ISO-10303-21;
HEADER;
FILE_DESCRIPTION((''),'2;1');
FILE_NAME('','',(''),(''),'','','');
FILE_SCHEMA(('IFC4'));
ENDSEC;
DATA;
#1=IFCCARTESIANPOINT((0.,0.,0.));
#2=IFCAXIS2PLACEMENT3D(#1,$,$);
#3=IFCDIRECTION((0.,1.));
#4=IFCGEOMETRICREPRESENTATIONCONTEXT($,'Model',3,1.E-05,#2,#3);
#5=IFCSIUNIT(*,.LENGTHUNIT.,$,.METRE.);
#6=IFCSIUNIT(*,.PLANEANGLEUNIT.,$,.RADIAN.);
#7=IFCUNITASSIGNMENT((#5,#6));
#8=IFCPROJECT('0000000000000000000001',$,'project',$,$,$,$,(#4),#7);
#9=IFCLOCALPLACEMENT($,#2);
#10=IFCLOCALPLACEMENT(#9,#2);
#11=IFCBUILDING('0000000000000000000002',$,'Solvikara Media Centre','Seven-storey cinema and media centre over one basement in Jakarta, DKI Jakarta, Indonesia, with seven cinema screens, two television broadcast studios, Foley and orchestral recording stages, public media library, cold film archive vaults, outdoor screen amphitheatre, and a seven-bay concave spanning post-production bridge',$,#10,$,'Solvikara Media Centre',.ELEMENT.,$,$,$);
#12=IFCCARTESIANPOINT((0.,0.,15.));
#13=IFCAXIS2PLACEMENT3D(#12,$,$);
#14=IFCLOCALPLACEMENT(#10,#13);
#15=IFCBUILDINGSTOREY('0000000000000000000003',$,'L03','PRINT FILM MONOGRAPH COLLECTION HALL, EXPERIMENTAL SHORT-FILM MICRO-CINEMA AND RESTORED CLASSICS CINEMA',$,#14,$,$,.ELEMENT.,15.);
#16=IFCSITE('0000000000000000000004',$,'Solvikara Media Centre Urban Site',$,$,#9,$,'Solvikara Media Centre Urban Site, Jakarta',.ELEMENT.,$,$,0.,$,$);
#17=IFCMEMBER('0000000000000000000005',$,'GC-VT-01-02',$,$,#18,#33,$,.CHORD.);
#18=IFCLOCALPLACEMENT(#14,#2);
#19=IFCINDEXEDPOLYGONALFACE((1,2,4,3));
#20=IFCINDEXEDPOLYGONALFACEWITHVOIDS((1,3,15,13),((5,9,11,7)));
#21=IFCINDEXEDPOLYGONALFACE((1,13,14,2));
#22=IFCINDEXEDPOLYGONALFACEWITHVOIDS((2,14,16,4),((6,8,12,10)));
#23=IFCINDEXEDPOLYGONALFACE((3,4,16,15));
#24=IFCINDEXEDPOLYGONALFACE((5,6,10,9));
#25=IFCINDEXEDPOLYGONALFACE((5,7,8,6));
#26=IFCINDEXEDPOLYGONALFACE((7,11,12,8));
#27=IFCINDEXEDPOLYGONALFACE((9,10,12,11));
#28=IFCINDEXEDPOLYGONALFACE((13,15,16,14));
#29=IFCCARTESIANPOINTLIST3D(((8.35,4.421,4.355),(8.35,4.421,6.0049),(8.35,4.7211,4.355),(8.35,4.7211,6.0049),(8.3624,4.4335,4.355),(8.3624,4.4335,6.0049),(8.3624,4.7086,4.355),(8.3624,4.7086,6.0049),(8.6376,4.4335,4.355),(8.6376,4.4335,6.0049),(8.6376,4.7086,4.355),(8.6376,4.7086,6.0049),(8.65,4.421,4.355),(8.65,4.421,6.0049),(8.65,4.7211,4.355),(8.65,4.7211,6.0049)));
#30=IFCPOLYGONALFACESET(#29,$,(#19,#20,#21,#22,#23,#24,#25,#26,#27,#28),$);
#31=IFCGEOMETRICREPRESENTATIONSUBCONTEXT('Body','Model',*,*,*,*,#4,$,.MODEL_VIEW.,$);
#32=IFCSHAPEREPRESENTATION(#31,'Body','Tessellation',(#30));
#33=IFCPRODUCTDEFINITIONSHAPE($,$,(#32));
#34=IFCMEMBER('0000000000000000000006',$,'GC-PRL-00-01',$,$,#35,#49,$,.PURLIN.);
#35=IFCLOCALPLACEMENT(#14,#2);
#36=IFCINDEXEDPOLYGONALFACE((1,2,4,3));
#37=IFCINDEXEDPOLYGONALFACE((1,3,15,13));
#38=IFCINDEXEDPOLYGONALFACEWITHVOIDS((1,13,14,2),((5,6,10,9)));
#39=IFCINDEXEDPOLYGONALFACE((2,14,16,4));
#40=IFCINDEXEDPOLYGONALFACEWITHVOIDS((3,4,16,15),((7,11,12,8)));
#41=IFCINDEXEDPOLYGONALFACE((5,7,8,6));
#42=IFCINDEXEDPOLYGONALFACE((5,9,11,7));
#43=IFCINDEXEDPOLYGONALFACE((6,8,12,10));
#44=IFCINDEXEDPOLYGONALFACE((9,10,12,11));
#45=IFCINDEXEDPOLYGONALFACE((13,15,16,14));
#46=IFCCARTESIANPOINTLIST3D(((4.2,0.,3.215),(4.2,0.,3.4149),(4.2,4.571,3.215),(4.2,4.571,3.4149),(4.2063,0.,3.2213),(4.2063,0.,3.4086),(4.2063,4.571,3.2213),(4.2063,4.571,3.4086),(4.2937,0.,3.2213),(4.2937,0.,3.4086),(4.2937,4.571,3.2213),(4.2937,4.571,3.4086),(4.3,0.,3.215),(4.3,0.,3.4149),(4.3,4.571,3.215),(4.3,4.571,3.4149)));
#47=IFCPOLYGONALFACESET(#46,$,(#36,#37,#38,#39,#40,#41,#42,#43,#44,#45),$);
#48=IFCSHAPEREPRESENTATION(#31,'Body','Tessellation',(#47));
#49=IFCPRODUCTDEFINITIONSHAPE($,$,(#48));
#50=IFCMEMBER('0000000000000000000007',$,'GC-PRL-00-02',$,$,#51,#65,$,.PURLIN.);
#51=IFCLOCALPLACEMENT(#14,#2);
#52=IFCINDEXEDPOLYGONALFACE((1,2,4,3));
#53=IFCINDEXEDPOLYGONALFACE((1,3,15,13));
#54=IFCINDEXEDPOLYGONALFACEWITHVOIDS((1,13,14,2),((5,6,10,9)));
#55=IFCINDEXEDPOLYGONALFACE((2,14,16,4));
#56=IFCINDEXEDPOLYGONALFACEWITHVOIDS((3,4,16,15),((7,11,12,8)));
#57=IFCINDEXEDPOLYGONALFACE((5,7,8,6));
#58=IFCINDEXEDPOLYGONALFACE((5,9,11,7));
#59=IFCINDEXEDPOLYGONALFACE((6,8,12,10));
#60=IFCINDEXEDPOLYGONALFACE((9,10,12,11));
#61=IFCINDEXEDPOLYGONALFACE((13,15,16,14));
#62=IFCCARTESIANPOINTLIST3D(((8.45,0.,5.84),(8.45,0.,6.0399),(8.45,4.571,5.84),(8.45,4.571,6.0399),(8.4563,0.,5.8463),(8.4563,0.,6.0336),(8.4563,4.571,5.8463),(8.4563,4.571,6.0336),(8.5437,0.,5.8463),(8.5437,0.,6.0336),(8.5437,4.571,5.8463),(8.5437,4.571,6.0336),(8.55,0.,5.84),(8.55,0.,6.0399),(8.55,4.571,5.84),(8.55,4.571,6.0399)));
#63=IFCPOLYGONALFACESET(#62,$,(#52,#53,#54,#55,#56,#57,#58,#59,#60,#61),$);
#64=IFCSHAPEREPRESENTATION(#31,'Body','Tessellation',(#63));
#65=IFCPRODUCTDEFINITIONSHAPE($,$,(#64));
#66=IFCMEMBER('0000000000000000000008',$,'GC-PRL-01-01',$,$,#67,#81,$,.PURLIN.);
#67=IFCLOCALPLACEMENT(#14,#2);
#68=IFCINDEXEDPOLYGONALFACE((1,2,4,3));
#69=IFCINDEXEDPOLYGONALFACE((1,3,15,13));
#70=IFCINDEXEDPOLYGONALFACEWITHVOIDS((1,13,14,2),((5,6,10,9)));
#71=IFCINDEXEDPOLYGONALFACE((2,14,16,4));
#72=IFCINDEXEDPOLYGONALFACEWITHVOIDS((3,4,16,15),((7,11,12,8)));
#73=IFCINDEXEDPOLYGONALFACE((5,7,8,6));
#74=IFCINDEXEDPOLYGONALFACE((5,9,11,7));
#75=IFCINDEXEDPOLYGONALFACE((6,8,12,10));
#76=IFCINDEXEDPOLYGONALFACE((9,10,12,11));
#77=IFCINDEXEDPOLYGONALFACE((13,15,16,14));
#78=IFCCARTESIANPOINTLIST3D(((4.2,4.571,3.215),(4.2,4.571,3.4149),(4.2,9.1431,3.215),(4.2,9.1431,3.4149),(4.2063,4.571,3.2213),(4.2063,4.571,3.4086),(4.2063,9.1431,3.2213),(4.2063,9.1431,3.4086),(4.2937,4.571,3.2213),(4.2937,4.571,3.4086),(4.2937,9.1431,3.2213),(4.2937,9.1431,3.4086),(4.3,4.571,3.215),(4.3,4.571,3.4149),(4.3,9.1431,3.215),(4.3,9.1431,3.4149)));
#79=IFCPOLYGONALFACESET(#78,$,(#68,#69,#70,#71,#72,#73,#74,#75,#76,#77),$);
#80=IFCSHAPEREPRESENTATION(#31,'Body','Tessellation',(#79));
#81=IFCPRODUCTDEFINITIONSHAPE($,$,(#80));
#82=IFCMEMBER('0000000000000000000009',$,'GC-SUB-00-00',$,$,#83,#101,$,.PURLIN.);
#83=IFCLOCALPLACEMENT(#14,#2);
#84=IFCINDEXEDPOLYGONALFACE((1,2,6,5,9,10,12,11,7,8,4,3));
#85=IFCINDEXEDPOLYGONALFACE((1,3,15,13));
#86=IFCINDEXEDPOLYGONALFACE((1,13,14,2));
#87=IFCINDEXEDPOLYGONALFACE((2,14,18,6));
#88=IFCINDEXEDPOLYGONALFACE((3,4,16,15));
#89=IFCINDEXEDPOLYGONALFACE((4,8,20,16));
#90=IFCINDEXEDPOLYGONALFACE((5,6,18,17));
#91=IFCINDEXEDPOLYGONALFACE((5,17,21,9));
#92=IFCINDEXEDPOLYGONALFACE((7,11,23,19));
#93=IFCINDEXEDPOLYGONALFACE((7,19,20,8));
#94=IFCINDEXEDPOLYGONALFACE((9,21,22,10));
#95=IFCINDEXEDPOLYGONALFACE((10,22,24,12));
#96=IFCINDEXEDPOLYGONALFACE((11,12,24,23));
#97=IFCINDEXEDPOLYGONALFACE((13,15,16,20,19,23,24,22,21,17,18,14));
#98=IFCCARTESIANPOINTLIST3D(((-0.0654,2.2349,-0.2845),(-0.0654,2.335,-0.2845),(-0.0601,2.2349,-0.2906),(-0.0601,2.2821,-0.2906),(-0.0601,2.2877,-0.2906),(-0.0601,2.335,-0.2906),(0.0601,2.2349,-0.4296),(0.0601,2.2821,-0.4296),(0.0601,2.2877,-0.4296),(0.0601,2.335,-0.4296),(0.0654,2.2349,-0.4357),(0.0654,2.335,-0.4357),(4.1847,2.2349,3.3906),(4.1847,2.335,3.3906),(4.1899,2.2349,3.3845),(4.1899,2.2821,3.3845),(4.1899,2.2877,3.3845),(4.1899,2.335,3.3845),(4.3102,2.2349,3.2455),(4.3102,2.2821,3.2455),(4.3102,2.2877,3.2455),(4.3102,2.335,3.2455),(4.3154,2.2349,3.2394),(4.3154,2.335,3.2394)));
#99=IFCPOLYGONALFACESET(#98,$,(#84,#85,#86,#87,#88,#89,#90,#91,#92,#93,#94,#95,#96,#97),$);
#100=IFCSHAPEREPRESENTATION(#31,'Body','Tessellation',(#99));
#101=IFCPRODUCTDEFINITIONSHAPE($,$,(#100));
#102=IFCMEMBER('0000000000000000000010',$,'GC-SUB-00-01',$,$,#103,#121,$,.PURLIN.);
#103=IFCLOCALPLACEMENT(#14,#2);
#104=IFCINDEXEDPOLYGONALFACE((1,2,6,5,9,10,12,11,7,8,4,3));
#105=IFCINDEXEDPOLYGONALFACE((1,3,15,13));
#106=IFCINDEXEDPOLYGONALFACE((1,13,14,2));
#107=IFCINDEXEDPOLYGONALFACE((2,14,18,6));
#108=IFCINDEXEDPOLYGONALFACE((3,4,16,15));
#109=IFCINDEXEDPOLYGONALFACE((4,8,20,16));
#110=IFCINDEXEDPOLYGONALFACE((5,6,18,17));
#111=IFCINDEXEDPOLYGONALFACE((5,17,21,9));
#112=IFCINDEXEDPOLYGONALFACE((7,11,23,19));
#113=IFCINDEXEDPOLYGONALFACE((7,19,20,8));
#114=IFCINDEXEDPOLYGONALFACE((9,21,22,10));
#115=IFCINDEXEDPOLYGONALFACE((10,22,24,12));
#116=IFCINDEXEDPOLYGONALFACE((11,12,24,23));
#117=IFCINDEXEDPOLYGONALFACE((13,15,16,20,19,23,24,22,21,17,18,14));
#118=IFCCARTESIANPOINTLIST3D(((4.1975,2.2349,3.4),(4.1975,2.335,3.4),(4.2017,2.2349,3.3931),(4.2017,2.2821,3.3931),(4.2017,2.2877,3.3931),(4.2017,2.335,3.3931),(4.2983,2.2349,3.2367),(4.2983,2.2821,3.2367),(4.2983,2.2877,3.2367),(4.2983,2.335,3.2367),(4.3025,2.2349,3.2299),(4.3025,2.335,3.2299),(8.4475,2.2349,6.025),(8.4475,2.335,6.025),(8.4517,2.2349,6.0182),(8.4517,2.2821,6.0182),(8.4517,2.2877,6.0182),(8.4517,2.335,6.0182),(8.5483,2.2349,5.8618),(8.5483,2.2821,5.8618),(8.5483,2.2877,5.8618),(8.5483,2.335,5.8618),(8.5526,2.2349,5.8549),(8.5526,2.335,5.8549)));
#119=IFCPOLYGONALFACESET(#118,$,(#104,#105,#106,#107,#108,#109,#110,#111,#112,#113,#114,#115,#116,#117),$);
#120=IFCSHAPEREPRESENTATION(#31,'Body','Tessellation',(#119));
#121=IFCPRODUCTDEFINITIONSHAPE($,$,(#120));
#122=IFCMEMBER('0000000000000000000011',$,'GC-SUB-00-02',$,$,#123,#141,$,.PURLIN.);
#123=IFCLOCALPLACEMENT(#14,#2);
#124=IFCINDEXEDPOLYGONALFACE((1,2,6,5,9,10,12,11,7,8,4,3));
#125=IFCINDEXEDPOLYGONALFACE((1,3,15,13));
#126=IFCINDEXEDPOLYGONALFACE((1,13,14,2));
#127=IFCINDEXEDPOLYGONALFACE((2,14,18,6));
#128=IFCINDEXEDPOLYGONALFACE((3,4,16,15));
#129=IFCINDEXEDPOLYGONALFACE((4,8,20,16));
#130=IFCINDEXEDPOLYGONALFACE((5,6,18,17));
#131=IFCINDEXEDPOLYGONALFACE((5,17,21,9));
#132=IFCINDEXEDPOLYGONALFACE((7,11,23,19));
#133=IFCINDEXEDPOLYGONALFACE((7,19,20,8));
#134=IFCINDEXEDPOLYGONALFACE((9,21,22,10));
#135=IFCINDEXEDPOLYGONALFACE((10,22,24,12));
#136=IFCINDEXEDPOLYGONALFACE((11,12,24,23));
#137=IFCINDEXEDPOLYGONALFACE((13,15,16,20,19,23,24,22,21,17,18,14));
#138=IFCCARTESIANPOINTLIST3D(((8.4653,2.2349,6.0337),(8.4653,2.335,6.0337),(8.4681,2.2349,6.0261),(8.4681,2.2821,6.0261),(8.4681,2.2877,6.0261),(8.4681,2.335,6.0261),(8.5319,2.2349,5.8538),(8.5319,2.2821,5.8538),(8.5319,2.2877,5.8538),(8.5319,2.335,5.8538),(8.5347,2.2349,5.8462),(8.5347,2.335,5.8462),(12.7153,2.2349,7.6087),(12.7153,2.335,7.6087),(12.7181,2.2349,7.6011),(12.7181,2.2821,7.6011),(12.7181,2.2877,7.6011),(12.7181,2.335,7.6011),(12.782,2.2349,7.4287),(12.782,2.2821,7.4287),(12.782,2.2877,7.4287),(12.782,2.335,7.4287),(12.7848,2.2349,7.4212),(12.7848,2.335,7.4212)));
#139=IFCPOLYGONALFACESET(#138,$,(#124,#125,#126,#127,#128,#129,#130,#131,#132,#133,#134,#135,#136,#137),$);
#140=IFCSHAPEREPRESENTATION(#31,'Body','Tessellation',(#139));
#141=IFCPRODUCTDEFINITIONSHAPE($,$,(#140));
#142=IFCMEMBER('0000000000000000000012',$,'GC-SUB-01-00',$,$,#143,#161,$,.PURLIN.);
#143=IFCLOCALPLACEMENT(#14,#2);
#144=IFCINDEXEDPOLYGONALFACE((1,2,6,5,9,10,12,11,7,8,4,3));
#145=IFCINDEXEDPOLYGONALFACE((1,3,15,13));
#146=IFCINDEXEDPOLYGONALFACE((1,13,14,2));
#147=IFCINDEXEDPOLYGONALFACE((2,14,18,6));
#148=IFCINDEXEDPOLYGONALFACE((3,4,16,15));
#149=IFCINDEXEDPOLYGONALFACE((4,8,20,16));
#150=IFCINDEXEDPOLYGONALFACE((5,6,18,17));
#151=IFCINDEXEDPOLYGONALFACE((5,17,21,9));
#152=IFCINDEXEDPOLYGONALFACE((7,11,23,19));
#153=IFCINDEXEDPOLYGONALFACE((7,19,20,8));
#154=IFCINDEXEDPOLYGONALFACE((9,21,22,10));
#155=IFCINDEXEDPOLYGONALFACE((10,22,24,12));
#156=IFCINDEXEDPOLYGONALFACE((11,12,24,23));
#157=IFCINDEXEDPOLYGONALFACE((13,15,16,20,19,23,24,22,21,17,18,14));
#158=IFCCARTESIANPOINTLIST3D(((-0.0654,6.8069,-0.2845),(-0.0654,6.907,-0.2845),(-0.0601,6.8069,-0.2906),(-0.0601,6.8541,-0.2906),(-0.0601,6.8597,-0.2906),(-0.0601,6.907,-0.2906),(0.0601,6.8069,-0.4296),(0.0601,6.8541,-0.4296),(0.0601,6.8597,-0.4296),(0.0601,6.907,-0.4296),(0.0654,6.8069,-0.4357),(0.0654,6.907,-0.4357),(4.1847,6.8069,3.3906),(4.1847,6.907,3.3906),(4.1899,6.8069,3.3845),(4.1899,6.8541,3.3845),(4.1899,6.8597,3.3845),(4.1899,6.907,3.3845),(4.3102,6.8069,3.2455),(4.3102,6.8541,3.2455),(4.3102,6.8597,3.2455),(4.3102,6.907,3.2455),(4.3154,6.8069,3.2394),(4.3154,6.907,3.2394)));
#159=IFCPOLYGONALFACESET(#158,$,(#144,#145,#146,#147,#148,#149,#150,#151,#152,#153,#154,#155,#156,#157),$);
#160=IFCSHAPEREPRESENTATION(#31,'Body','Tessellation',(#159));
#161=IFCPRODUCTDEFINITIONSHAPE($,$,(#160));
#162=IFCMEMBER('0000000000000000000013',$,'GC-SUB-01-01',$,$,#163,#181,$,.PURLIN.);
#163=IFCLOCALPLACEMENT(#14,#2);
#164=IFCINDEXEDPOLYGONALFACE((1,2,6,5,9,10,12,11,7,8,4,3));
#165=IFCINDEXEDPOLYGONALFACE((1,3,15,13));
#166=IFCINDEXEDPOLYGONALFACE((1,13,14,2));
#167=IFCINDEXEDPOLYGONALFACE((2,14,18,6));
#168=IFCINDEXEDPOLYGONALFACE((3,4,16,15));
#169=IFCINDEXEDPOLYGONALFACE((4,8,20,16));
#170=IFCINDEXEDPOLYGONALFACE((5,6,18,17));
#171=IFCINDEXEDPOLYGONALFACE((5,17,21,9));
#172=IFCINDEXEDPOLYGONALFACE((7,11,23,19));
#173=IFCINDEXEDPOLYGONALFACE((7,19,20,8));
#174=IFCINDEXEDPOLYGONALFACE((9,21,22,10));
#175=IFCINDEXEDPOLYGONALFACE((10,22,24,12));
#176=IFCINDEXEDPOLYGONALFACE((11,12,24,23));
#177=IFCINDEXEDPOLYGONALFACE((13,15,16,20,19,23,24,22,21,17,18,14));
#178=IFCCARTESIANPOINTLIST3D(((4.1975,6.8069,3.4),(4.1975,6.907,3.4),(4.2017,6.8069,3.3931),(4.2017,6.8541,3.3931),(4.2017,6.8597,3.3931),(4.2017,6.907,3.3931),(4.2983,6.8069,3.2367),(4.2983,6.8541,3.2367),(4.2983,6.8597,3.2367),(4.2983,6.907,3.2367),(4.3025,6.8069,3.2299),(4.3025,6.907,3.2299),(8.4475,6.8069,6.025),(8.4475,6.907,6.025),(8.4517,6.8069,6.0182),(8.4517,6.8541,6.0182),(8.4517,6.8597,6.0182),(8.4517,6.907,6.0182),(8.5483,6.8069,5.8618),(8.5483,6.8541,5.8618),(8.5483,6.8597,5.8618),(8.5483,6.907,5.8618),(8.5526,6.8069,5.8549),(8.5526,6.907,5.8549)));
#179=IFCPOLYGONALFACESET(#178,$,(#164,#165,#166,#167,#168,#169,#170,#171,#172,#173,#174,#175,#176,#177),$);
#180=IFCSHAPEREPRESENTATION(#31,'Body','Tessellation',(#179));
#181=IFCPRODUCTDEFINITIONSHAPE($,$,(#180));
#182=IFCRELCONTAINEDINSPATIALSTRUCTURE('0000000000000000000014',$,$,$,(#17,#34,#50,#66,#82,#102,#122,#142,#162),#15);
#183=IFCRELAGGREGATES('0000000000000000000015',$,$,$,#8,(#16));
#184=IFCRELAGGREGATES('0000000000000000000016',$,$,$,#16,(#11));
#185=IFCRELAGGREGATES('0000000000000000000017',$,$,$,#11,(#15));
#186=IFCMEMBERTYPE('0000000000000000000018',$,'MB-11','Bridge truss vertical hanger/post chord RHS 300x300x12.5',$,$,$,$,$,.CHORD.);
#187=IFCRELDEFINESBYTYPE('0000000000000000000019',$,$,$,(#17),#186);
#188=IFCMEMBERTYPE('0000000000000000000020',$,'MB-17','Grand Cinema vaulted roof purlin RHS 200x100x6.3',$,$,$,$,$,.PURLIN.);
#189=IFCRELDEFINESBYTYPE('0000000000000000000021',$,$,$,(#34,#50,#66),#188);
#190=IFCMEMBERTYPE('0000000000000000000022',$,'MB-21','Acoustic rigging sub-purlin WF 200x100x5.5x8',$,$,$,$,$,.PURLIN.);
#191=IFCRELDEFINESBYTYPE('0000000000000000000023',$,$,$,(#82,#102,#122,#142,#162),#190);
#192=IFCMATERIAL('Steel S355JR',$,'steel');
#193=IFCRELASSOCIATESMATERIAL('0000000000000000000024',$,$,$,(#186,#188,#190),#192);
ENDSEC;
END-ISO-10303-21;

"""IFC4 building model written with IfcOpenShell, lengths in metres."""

from ifc_helpers import new_model, si_unit, direction, frame, origin, origin_2d, place, context, subcontext, project, spatial, hollow_rectangle, i_section, extrude, material, material_profile, profile_set, type_object, element, save


model = new_model("IFC4")

# Units and contexts
model_context = context("Model", 3, precision=1e-05, world=origin(), true_north=direction((0.0, 1.0)))
body_context = subcontext(model_context, "Body", "Model", "MODEL_VIEW")
ifc_project = project(units=[si_unit("LENGTHUNIT", "METRE"), si_unit("PLANEANGLEUNIT", "RADIAN")], contexts=[model_context])

# Site, building, storey
site_placement = place(None, origin())
site = spatial("IfcSite", under=ifc_project, at=site_placement, Name="Solvikara Media Centre Urban Site", LongName="Solvikara Media Centre Urban Site, Jakarta", CompositionType="ELEMENT", RefElevation=0.0)
building_placement = place(site_placement, origin())
building = spatial("IfcBuilding", under=site, at=building_placement, Name="Solvikara Media Centre", Description="Seven-storey cinema and media centre over one basement in Jakarta, DKI Jakarta, Indonesia, with seven cinema screens, two television broadcast studios, Foley and orchestral recording stages, public media library, cold film archive vaults, outdoor screen amphitheatre, and a seven-bay concave spanning post-production bridge", LongName="Solvikara Media Centre", CompositionType="ELEMENT")
storey_placement = place(building_placement, frame((0.0, 0.0, 15.0)))
storey = spatial("IfcBuildingStorey", under=building, at=storey_placement, Name="L03", Description="PRINT FILM MONOGRAPH COLLECTION HALL, EXPERIMENTAL SHORT-FILM MICRO-CINEMA AND RESTORED CLASSICS CINEMA", CompositionType="ELEMENT", Elevation=15.0)

# Shared definitions
ifc_material_1 = material(Name="Steel S355JR", Category="steel")

# Members
ifc_material_profile_1 = material_profile(ifc_material_1, hollow_rectangle(XDim=0.3, YDim=0.3, WallThickness=0.0125, at=origin_2d()), Name="RHS 300x300x12.5")
ifc_profile_set_1 = profile_set([ifc_material_profile_1], Name="Steel S355JR")
member_type_1 = type_object("IfcMemberType", Name="MB-11", Description="Bridge truss vertical hanger/post chord RHS 300x300x12.5", PredefinedType="CHORD", material=ifc_profile_set_1)
for number, where, z_axis, x_axis, name in (
    (1, (8.5, 4.571, 4.355), (0.0, 0.0, 1.0), (1.0, 0.0, 0.0), "GC-VT-01-02"),
):
    element("IfcMember", number, at=place(storey_placement, frame(where, z_axis=z_axis, x_axis=x_axis)), inside=storey, type_object=member_type_1, Name=name, PredefinedType="CHORD", context=body_context, shape_type="SweptSolid", body=[
        extrude(hollow_rectangle(XDim=0.3, YDim=0.3, WallThickness=0.0125, at=origin_2d()), origin(), (0.0, 0.0, 1.0), 1.6499),
    ])
ifc_material_profile_2 = material_profile(ifc_material_1, hollow_rectangle(XDim=0.1001, YDim=0.2, WallThickness=0.0063, at=origin_2d()), Name="RHS 200x100x6.3")
ifc_profile_set_2 = profile_set([ifc_material_profile_2], Name="Steel S355JR")
member_type_2 = type_object("IfcMemberType", Name="MB-17", Description="Grand Cinema vaulted roof purlin RHS 200x100x6.3", PredefinedType="PURLIN", material=ifc_profile_set_2)
for number, where, z_axis, x_axis, name in (
    (2, (4.25, 0.0, 3.3149), (0.0, 1.0, 0.0), (-1.0, 0.0, 0.0), "GC-PRL-00-01"),
    (3, (8.5, 0.0, 5.9399), (0.0, 1.0, 0.0), (-1.0, 0.0, 0.0), "GC-PRL-00-02"),
):
    element("IfcMember", number, at=place(storey_placement, frame(where, z_axis=z_axis, x_axis=x_axis)), inside=storey, type_object=member_type_2, Name=name, PredefinedType="PURLIN", context=body_context, shape_type="SweptSolid", body=[
        extrude(hollow_rectangle(XDim=0.1001, YDim=0.2, WallThickness=0.0063, at=origin_2d()), origin(), (0.0, 0.0, 1.0), 4.571),
    ])
member_1_placement = place(storey_placement, frame((4.25, 4.571, 3.3149), z_axis=(0.0, 1.0, 0.0), x_axis=(-1.0, 0.0, 0.0)))
element("IfcMember", 4, at=member_1_placement, inside=storey, type_object=member_type_2, Name="GC-PRL-01-01", PredefinedType="PURLIN", context=body_context, shape_type="SweptSolid", body=[
    extrude(hollow_rectangle(XDim=0.1001, YDim=0.2, WallThickness=0.0063, at=origin_2d()), origin(), (0.0, 0.0, 1.0), 4.572),
])
ifc_material_profile_3 = material_profile(ifc_material_1, i_section(OverallWidth=0.1001, OverallDepth=0.2, WebThickness=0.0056, FlangeThickness=0.0081, at=origin_2d()), Name="WF 200x100x5.5x8")
ifc_profile_set_3 = profile_set([ifc_material_profile_3], Name="Steel S355JR")
member_type_3 = type_object("IfcMemberType", Name="MB-21", Description="Acoustic rigging sub-purlin WF 200x100x5.5x8", PredefinedType="PURLIN", material=ifc_profile_set_3)
member_2_placement = place(storey_placement, frame((0.0, 2.2849, -0.3601), z_axis=(0.756418, 0.0, 0.654088), x_axis=(0.0, 1.0, 0.0)))
element("IfcMember", 5, at=member_2_placement, inside=storey, type_object=member_type_3, Name="GC-SUB-00-00", PredefinedType="PURLIN", context=body_context, shape_type="SweptSolid", body=[
    extrude(i_section(OverallWidth=0.1001, OverallDepth=0.2, WebThickness=0.0056, FlangeThickness=0.0081, at=origin_2d()), origin(), (0.0, 0.0, 1.0), 5.6187),
])
member_3_placement = place(storey_placement, frame((4.25, 2.2849, 3.3149), z_axis=(0.850798, 0.0, 0.525493), x_axis=(0.0, 1.0, 0.0)))
element("IfcMember", 6, at=member_3_placement, inside=storey, type_object=member_type_3, Name="GC-SUB-00-01", PredefinedType="PURLIN", context=body_context, shape_type="SweptSolid", body=[
    extrude(i_section(OverallWidth=0.1001, OverallDepth=0.2, WebThickness=0.0056, FlangeThickness=0.0081, at=origin_2d()), origin(), (0.0, 0.0, 1.0), 4.9954),
])
member_4_placement = place(storey_placement, frame((8.5, 2.2849, 5.9399), z_axis=(0.937686, 0.0, 0.347485), x_axis=(0.0, 1.0, 0.0)))
element("IfcMember", 7, at=member_4_placement, inside=storey, type_object=member_type_3, Name="GC-SUB-00-02", PredefinedType="PURLIN", context=body_context, shape_type="SweptSolid", body=[
    extrude(i_section(OverallWidth=0.1001, OverallDepth=0.2, WebThickness=0.0056, FlangeThickness=0.0081, at=origin_2d()), origin(), (0.0, 0.0, 1.0), 4.5325),
])
member_5_placement = place(storey_placement, frame((0.0, 6.8569, -0.3601), z_axis=(0.756418, 0.0, 0.654088), x_axis=(0.0, 1.0, 0.0)))
element("IfcMember", 8, at=member_5_placement, inside=storey, type_object=member_type_3, Name="GC-SUB-01-00", PredefinedType="PURLIN", context=body_context, shape_type="SweptSolid", body=[
    extrude(i_section(OverallWidth=0.1001, OverallDepth=0.2, WebThickness=0.0056, FlangeThickness=0.0081, at=origin_2d()), origin(), (0.0, 0.0, 1.0), 5.6187),
])
member_6_placement = place(storey_placement, frame((4.25, 6.8569, 3.3149), z_axis=(0.850798, 0.0, 0.525493), x_axis=(0.0, 1.0, 0.0)))
element("IfcMember", 9, at=member_6_placement, inside=storey, type_object=member_type_3, Name="GC-SUB-01-01", PredefinedType="PURLIN", context=body_context, shape_type="SweptSolid", body=[
    extrude(i_section(OverallWidth=0.1001, OverallDepth=0.2, WebThickness=0.0056, FlangeThickness=0.0081, at=origin_2d()), origin(), (0.0, 0.0, 1.0), 4.9954),
])

save(model, "model.ifc")
